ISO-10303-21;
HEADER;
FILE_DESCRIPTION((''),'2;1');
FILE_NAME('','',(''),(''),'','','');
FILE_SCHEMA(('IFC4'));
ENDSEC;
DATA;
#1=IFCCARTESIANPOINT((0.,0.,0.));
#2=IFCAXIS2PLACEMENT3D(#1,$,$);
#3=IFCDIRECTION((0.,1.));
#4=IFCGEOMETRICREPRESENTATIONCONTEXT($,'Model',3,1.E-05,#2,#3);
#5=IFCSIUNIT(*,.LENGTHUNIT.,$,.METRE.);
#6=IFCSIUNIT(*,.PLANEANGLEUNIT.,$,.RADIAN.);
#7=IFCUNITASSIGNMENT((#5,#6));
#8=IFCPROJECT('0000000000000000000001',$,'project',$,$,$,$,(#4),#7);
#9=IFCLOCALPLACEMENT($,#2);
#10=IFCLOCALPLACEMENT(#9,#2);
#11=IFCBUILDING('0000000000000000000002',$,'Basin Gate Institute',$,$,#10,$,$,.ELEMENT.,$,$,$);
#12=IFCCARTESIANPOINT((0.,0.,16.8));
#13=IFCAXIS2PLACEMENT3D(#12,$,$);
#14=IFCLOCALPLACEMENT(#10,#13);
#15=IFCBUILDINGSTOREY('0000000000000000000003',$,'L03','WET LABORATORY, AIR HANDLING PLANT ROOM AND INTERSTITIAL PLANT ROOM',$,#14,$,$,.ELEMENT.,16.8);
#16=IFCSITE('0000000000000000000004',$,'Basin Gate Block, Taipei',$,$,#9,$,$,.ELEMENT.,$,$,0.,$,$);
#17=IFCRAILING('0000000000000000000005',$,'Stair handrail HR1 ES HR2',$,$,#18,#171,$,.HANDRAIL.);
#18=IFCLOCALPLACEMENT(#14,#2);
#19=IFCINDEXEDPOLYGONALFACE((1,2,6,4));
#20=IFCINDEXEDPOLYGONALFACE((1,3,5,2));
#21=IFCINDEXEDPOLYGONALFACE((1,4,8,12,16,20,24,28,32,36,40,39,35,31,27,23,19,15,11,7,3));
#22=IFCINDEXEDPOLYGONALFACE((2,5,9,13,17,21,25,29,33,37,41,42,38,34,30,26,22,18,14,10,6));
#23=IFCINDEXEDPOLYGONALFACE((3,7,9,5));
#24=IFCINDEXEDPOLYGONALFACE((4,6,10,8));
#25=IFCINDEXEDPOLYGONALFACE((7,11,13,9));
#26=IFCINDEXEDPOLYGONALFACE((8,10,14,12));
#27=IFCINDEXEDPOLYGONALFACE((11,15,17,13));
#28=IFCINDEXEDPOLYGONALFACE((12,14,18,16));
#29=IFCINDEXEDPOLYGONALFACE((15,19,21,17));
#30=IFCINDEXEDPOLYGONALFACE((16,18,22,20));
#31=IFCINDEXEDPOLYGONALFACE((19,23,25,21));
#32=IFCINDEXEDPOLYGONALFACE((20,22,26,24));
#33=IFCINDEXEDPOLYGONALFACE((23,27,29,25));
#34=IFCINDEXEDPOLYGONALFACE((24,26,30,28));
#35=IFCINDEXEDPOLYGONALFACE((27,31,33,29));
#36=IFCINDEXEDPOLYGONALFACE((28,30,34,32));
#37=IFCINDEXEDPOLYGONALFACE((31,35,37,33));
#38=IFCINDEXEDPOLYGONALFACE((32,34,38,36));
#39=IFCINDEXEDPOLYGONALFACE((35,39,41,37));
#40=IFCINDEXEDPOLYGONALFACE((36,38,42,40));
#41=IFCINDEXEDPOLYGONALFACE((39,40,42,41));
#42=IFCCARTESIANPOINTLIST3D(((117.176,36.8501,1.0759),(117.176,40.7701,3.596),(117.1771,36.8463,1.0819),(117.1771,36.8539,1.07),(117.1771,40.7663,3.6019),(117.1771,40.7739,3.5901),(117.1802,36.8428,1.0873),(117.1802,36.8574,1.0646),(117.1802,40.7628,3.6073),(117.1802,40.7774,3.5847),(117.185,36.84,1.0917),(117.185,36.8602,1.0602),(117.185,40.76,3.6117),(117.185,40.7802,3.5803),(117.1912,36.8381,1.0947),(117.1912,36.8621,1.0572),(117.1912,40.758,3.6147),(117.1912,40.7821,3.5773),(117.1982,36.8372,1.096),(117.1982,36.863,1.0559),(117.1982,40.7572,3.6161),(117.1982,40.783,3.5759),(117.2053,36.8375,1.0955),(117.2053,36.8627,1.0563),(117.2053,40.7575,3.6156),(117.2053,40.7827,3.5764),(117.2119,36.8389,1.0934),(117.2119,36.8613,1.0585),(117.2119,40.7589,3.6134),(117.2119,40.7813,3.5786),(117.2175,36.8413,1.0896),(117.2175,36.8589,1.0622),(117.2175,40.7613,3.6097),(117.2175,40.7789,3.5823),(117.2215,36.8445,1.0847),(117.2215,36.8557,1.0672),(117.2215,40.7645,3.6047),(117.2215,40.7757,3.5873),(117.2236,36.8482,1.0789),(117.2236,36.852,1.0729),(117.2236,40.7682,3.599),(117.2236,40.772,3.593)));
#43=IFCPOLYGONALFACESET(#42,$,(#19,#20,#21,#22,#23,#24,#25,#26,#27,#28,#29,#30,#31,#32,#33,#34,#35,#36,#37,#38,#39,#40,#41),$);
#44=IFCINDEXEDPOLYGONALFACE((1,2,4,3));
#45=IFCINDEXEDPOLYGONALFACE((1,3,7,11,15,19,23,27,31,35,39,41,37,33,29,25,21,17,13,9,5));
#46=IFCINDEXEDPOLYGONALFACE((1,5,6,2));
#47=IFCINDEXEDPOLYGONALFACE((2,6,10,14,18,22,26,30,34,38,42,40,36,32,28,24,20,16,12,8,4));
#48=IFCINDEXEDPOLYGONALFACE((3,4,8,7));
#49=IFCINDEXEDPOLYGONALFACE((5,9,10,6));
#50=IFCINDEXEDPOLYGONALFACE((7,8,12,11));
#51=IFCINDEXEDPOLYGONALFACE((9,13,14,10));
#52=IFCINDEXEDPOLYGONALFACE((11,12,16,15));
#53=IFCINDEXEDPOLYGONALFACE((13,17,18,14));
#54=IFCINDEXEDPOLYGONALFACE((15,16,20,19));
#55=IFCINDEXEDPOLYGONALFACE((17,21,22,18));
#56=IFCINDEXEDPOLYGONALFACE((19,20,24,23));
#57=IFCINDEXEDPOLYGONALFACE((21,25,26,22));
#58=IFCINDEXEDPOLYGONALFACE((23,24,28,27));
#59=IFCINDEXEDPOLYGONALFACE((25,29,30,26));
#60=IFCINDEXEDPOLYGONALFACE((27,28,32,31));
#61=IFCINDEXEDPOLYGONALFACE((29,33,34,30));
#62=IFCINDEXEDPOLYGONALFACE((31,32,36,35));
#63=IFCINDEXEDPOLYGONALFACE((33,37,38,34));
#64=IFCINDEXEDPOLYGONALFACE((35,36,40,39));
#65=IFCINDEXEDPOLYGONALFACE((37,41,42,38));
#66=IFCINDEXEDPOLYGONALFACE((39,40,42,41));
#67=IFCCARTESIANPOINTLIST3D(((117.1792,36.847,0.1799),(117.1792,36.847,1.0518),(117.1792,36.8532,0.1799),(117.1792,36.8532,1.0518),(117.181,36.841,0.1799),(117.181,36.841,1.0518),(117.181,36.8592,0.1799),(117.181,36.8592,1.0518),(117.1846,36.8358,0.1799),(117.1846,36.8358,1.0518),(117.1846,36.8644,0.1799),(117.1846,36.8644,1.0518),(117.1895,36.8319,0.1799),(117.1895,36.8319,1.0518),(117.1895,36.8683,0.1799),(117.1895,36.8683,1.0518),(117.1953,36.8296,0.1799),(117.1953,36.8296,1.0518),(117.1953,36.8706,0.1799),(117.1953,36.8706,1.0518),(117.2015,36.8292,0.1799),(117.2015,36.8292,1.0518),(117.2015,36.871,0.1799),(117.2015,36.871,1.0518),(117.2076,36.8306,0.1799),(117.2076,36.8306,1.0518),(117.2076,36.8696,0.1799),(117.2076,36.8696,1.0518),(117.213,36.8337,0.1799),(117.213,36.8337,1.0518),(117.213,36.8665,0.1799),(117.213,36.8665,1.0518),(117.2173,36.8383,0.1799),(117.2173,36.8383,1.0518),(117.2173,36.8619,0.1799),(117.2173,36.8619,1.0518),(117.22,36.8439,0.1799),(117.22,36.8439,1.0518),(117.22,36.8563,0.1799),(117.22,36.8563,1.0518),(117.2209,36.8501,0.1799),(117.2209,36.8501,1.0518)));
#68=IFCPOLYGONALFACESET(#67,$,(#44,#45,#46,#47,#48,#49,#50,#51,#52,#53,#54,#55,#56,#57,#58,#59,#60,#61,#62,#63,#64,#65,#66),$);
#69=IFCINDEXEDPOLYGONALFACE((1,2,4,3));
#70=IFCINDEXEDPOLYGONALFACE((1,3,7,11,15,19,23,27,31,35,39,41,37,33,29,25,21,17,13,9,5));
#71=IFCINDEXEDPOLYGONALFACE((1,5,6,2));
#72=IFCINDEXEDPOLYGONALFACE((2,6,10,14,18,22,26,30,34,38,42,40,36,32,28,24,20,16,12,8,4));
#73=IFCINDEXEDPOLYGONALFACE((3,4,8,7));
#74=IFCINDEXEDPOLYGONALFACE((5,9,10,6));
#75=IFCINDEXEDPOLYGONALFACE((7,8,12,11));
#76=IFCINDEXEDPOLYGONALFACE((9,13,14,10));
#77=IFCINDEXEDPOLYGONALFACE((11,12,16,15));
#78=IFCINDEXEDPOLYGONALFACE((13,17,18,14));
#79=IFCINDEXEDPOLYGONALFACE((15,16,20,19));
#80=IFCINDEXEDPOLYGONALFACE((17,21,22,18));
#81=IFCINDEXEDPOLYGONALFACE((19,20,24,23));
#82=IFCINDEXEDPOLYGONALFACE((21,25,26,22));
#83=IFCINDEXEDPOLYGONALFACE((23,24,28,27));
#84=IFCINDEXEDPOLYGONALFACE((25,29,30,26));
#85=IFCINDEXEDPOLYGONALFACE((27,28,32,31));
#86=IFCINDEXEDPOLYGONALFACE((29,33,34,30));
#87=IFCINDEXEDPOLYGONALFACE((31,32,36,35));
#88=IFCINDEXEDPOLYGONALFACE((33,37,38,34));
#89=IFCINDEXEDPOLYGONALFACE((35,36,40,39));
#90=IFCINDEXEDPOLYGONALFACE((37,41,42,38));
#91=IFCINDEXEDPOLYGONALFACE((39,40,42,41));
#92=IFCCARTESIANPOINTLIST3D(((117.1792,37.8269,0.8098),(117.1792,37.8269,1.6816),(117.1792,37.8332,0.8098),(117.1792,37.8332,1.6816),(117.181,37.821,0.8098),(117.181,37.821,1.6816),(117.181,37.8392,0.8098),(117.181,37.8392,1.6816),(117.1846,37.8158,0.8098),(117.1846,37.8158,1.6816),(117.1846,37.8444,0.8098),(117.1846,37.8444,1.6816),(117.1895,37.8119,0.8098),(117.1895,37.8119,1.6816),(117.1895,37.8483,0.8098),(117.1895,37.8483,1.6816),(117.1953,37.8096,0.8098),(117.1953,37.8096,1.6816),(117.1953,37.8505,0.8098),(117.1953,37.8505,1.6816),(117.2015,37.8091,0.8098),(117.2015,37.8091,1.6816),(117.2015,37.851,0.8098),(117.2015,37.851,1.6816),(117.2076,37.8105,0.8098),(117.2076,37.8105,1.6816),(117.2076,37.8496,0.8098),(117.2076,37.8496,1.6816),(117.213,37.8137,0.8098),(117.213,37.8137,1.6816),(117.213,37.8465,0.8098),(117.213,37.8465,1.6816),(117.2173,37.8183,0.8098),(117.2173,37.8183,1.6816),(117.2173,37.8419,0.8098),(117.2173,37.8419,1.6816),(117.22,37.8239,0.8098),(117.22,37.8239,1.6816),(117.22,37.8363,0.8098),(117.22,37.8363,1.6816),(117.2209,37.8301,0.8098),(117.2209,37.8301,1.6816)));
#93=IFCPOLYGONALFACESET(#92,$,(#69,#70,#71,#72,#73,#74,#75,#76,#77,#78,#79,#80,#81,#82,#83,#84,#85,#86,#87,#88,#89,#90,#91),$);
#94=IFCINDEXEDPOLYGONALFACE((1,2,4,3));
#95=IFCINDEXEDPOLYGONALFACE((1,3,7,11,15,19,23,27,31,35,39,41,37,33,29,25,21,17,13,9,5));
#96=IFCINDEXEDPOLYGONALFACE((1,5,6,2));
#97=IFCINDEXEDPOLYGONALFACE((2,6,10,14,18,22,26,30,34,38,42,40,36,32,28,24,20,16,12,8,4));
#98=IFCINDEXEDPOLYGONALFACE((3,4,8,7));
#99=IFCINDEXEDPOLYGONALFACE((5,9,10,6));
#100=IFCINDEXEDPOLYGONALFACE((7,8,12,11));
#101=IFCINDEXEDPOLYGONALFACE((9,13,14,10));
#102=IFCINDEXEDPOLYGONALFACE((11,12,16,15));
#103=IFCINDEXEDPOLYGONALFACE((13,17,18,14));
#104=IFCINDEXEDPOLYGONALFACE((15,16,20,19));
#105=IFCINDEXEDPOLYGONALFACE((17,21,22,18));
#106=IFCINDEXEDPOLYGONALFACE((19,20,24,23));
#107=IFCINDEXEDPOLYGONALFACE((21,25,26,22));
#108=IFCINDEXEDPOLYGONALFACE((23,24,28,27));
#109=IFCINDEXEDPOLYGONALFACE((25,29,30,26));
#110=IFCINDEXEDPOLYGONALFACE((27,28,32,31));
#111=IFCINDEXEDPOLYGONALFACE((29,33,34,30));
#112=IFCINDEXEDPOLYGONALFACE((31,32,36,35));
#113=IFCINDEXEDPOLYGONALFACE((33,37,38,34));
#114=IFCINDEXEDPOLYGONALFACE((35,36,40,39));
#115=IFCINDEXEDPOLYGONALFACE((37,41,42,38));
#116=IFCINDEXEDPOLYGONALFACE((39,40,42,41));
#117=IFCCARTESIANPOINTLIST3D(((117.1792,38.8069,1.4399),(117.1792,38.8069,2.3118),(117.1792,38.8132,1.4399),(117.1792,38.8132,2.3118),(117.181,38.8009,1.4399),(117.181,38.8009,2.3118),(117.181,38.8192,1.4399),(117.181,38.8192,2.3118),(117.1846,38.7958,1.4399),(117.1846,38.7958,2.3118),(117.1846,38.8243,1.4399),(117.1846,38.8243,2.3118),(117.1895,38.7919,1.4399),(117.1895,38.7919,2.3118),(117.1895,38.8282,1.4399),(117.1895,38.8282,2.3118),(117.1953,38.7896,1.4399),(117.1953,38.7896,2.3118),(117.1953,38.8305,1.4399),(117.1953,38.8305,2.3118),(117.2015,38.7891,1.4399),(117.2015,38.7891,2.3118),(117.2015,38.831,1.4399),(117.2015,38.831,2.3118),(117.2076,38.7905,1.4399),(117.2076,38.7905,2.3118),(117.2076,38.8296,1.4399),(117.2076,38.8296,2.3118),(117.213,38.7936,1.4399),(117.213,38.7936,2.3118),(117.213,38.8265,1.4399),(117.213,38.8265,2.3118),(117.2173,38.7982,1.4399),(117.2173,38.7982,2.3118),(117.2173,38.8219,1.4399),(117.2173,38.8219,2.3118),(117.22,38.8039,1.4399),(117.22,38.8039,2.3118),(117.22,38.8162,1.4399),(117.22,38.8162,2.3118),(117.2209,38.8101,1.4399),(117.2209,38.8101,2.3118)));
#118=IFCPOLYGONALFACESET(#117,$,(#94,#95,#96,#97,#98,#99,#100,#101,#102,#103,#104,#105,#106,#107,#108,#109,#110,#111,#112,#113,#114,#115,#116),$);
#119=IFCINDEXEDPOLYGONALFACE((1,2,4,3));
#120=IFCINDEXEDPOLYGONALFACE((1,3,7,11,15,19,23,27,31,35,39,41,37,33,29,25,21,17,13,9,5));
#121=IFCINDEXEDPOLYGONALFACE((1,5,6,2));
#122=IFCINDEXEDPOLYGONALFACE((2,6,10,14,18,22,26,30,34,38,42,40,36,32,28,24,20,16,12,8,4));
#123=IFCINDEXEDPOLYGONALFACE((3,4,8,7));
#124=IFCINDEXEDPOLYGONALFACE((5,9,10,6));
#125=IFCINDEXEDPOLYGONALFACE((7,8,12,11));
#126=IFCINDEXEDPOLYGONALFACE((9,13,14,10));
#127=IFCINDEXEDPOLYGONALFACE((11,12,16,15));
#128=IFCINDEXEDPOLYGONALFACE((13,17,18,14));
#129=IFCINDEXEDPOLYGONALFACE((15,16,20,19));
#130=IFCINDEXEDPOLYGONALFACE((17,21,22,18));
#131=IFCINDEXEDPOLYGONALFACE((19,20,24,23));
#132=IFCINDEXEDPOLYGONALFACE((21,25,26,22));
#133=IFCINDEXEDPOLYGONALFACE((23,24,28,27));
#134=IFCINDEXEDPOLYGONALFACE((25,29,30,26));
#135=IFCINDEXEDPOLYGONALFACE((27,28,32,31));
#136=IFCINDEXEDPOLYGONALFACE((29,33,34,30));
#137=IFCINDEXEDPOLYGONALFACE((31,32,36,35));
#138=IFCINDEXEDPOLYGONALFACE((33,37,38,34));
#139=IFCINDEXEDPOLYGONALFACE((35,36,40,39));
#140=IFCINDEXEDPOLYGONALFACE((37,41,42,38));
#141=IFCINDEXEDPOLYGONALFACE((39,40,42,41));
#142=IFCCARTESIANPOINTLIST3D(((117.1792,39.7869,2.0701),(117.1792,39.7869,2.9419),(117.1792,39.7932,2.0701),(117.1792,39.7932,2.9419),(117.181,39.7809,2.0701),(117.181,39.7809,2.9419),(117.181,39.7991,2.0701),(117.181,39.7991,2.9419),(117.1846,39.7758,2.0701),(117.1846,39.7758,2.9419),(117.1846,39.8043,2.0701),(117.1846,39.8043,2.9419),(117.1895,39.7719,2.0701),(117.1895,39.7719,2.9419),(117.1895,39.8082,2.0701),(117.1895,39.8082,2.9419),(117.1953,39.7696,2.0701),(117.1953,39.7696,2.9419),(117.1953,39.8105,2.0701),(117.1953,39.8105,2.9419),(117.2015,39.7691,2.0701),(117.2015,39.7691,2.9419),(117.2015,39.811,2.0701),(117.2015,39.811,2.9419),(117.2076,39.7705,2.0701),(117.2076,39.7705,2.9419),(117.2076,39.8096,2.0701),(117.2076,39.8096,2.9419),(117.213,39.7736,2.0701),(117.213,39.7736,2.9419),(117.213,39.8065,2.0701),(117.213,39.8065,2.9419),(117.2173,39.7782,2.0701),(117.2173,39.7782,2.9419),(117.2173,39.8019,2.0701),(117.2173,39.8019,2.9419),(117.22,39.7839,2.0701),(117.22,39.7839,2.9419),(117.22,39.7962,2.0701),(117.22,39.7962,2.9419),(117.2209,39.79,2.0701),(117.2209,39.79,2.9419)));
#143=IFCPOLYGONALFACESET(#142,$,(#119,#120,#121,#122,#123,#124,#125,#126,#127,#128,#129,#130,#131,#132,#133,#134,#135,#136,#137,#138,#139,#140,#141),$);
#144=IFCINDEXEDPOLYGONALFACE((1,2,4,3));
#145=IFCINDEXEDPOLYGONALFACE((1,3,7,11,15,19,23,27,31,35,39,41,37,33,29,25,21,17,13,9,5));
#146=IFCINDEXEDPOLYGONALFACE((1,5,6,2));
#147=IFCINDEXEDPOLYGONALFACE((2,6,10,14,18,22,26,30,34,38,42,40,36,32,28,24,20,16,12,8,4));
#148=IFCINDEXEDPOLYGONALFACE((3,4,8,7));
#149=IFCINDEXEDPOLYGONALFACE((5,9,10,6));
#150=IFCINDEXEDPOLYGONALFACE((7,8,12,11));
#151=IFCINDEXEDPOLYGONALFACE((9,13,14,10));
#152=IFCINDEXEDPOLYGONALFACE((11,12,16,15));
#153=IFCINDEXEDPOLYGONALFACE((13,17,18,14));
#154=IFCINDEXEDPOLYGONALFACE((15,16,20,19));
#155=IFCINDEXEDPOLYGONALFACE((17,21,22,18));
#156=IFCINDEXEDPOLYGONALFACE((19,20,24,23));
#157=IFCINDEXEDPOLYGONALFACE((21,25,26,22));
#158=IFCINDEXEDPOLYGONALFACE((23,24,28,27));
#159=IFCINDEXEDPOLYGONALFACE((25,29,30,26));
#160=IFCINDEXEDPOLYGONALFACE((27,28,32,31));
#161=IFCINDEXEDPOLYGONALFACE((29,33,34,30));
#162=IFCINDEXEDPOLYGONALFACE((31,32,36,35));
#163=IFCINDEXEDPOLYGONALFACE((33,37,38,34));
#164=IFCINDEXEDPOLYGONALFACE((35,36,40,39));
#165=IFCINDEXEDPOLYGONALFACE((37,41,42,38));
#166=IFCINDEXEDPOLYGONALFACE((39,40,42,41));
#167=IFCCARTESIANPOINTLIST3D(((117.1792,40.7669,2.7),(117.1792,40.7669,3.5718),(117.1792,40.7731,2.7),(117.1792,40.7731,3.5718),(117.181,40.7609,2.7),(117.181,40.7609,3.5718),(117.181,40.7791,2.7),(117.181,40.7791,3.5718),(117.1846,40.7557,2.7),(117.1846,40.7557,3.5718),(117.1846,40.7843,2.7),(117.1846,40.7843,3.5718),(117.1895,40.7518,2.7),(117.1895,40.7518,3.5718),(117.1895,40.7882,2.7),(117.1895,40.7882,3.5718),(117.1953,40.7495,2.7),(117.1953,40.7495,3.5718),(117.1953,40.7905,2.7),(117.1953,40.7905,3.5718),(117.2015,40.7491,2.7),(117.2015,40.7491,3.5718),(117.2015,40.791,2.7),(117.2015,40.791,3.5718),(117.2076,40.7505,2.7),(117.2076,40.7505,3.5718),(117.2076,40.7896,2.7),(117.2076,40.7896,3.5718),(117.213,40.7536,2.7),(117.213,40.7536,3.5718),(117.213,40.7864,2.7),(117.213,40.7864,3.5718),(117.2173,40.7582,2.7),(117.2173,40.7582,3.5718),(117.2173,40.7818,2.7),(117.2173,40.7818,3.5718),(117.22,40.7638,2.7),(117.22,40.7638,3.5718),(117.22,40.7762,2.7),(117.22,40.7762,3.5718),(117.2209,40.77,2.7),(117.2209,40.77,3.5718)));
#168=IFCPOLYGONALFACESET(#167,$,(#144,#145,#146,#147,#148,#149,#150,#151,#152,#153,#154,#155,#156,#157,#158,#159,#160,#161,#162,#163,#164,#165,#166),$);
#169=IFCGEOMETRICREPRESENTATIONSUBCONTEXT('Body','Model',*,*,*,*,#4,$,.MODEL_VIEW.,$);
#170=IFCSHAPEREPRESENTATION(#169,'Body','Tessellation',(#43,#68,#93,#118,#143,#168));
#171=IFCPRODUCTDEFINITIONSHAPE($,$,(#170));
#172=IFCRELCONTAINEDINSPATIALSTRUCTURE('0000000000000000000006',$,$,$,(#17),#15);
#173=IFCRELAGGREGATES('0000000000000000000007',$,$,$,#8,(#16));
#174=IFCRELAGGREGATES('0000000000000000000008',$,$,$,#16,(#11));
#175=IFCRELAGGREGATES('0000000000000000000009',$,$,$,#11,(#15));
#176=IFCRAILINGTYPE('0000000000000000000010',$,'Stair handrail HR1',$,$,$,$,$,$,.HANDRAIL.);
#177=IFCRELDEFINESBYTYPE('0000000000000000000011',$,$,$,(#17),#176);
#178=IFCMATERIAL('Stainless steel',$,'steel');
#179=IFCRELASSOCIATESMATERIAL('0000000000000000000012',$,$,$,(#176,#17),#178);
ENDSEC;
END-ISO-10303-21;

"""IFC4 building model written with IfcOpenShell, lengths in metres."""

from ifc_helpers import new_model, si_unit, direction, frame, origin, origin_2d, place, context, subcontext, project, spatial, circle, extrude, material, type_object, element, save


model = new_model("IFC4")

# Units and contexts
model_context = context("Model", 3, precision=1e-05, world=origin(), true_north=direction((0.0, 1.0)))
body_context = subcontext(model_context, "Body", "Model", "MODEL_VIEW")
ifc_project = project(units=[si_unit("LENGTHUNIT", "METRE"), si_unit("PLANEANGLEUNIT", "RADIAN")], contexts=[model_context])

# Site, building, storey
site_placement = place(None, origin())
site = spatial("IfcSite", under=ifc_project, at=site_placement, Name="Basin Gate Block, Taipei", CompositionType="ELEMENT", RefElevation=0.0)
building_placement = place(site_placement, origin())
building = spatial("IfcBuilding", under=site, at=building_placement, Name="Basin Gate Institute", CompositionType="ELEMENT")
storey_placement = place(building_placement, frame((0.0, 0.0, 16.8)))
storey = spatial("IfcBuildingStorey", under=building, at=storey_placement, Name="L03", Description="WET LABORATORY, AIR HANDLING PLANT ROOM AND INTERSTITIAL PLANT ROOM", CompositionType="ELEMENT", Elevation=16.8)

# Railing
ifc_material_1 = material(Name="Stainless steel", Category="steel")
railing_type_1 = type_object("IfcRailingType", Name="Stair handrail HR1", PredefinedType="HANDRAIL", material=ifc_material_1)
for number, where, name in (
    (1, (117.2, 36.8501, 0.1799), "Stair handrail HR1 ES HR2"),
):
    element("IfcRailing", number, at=place(storey_placement, frame(where)), inside=storey, type_object=railing_type_1, material=ifc_material_1, Name=name, PredefinedType="HANDRAIL", context=body_context, shape_type="SweptSolid", body=[
        extrude(circle(Radius=0.0239, at=origin_2d()), frame((0.0, 0.0, 0.896), z_axis=(0.0, 0.841172, 0.540768), x_axis=(-1.0, 0.0, 0.0)), (0.0, 0.0, 1.0), 4.6602),
        extrude(circle(Radius=0.021, at=origin_2d()), origin(), (0.0, 0.0, 1.0), 0.8718),
        extrude(circle(Radius=0.021, at=origin_2d()), frame((0.0, 0.98, 0.6299)), (0.0, 0.0, 1.0), 0.8718),
        extrude(circle(Radius=0.021, at=origin_2d()), frame((0.0, 1.96, 1.26)), (0.0, 0.0, 1.0), 0.8718),
        extrude(circle(Radius=0.021, at=origin_2d()), frame((0.0, 2.9399, 1.8901)), (0.0, 0.0, 1.0), 0.8718),
        extrude(circle(Radius=0.021, at=origin_2d()), frame((0.0, 3.9199, 2.52)), (0.0, 0.0, 1.0), 0.8718),
    ])

save(model, "model.ifc")
